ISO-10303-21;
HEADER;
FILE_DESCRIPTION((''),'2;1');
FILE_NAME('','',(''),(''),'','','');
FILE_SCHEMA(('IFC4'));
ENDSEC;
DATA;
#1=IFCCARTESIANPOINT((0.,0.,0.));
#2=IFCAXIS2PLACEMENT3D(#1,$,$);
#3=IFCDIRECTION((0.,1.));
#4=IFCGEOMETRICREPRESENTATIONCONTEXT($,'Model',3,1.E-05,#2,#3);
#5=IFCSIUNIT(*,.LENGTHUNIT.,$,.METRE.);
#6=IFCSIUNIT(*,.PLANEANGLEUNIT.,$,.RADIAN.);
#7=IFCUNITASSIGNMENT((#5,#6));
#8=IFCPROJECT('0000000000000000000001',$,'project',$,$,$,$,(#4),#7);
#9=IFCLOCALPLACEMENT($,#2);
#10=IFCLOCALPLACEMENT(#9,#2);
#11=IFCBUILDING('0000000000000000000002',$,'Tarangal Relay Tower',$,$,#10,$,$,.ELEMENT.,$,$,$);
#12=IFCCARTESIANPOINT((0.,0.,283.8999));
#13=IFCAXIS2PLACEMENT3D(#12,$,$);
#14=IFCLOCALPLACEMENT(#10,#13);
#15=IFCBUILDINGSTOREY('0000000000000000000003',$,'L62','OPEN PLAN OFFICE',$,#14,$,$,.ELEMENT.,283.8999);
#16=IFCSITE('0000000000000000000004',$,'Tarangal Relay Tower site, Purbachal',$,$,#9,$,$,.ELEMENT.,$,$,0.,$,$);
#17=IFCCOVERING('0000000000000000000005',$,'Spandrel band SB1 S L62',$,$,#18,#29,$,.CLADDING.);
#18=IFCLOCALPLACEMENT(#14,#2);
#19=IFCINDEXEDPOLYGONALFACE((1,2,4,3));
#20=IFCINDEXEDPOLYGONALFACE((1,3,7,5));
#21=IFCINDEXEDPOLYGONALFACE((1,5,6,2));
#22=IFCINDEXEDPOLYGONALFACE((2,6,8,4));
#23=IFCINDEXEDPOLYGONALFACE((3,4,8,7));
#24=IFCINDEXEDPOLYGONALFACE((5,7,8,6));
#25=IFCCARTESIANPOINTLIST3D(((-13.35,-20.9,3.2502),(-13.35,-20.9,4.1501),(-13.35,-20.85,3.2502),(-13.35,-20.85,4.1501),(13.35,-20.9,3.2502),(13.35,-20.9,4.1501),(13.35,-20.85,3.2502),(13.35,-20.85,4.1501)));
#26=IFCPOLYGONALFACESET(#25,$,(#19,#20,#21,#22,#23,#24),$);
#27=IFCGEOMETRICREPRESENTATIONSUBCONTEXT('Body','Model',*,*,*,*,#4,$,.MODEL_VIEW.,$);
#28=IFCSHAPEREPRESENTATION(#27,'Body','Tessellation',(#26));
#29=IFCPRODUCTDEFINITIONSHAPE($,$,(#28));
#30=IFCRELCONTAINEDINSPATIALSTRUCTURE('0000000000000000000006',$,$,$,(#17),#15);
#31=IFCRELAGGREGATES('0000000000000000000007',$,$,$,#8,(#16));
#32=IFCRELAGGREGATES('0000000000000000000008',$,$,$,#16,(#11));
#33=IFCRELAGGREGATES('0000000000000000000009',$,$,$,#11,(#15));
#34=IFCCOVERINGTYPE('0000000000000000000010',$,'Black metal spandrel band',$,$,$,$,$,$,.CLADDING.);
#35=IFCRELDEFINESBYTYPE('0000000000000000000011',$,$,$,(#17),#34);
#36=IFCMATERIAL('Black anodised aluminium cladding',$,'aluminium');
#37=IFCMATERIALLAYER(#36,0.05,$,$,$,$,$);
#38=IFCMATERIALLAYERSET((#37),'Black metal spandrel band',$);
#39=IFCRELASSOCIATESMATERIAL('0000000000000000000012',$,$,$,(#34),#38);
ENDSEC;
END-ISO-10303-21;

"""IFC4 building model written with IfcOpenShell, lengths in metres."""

from ifc_helpers import new_model, si_unit, direction, frame, origin, origin_2d, place, context, subcontext, project, spatial, rectangle, extrude, material, layer, layer_set, type_object, element, save


model = new_model("IFC4")

# Units and contexts
model_context = context("Model", 3, precision=1e-05, world=origin(), true_north=direction((0.0, 1.0)))
body_context = subcontext(model_context, "Body", "Model", "MODEL_VIEW")
ifc_project = project(units=[si_unit("LENGTHUNIT", "METRE"), si_unit("PLANEANGLEUNIT", "RADIAN")], contexts=[model_context])

# Site, building, storey
site_placement = place(None, origin())
site = spatial("IfcSite", under=ifc_project, at=site_placement, Name="Tarangal Relay Tower site, Purbachal", CompositionType="ELEMENT", RefElevation=0.0)
building_placement = place(site_placement, origin())
building = spatial("IfcBuilding", under=site, at=building_placement, Name="Tarangal Relay Tower", CompositionType="ELEMENT")
storey_placement = place(building_placement, frame((0.0, 0.0, 283.8999)))
storey = spatial("IfcBuildingStorey", under=building, at=storey_placement, Name="L62", Description="OPEN PLAN OFFICE", CompositionType="ELEMENT", Elevation=283.8999)

# Covering
ifc_material_1 = material(Name="Black anodised aluminium cladding", Category="aluminium")
ifc_layer_1 = layer(ifc_material_1, 0.05)
ifc_layer_set_1 = layer_set([ifc_layer_1], Name="Black metal spandrel band")
covering_type = type_object("IfcCoveringType", Name="Black metal spandrel band", PredefinedType="CLADDING", material=ifc_layer_set_1)
covering_placement = place(storey_placement, frame((0.0, -20.875, 3.2502), z_axis=(0.0, 0.0, 1.0), x_axis=(-1.0, 0.0, 0.0)))
element("IfcCovering", 1, at=covering_placement, inside=storey, type_object=covering_type, Name="Spandrel band SB1 S L62", PredefinedType="CLADDING", context=body_context, shape_type="SweptSolid", body=[
    extrude(rectangle(XDim=26.7, YDim=0.05, at=origin_2d()), origin(), (0.0, 0.0, 1.0), 0.8999),
])

save(model, "model.ifc")
